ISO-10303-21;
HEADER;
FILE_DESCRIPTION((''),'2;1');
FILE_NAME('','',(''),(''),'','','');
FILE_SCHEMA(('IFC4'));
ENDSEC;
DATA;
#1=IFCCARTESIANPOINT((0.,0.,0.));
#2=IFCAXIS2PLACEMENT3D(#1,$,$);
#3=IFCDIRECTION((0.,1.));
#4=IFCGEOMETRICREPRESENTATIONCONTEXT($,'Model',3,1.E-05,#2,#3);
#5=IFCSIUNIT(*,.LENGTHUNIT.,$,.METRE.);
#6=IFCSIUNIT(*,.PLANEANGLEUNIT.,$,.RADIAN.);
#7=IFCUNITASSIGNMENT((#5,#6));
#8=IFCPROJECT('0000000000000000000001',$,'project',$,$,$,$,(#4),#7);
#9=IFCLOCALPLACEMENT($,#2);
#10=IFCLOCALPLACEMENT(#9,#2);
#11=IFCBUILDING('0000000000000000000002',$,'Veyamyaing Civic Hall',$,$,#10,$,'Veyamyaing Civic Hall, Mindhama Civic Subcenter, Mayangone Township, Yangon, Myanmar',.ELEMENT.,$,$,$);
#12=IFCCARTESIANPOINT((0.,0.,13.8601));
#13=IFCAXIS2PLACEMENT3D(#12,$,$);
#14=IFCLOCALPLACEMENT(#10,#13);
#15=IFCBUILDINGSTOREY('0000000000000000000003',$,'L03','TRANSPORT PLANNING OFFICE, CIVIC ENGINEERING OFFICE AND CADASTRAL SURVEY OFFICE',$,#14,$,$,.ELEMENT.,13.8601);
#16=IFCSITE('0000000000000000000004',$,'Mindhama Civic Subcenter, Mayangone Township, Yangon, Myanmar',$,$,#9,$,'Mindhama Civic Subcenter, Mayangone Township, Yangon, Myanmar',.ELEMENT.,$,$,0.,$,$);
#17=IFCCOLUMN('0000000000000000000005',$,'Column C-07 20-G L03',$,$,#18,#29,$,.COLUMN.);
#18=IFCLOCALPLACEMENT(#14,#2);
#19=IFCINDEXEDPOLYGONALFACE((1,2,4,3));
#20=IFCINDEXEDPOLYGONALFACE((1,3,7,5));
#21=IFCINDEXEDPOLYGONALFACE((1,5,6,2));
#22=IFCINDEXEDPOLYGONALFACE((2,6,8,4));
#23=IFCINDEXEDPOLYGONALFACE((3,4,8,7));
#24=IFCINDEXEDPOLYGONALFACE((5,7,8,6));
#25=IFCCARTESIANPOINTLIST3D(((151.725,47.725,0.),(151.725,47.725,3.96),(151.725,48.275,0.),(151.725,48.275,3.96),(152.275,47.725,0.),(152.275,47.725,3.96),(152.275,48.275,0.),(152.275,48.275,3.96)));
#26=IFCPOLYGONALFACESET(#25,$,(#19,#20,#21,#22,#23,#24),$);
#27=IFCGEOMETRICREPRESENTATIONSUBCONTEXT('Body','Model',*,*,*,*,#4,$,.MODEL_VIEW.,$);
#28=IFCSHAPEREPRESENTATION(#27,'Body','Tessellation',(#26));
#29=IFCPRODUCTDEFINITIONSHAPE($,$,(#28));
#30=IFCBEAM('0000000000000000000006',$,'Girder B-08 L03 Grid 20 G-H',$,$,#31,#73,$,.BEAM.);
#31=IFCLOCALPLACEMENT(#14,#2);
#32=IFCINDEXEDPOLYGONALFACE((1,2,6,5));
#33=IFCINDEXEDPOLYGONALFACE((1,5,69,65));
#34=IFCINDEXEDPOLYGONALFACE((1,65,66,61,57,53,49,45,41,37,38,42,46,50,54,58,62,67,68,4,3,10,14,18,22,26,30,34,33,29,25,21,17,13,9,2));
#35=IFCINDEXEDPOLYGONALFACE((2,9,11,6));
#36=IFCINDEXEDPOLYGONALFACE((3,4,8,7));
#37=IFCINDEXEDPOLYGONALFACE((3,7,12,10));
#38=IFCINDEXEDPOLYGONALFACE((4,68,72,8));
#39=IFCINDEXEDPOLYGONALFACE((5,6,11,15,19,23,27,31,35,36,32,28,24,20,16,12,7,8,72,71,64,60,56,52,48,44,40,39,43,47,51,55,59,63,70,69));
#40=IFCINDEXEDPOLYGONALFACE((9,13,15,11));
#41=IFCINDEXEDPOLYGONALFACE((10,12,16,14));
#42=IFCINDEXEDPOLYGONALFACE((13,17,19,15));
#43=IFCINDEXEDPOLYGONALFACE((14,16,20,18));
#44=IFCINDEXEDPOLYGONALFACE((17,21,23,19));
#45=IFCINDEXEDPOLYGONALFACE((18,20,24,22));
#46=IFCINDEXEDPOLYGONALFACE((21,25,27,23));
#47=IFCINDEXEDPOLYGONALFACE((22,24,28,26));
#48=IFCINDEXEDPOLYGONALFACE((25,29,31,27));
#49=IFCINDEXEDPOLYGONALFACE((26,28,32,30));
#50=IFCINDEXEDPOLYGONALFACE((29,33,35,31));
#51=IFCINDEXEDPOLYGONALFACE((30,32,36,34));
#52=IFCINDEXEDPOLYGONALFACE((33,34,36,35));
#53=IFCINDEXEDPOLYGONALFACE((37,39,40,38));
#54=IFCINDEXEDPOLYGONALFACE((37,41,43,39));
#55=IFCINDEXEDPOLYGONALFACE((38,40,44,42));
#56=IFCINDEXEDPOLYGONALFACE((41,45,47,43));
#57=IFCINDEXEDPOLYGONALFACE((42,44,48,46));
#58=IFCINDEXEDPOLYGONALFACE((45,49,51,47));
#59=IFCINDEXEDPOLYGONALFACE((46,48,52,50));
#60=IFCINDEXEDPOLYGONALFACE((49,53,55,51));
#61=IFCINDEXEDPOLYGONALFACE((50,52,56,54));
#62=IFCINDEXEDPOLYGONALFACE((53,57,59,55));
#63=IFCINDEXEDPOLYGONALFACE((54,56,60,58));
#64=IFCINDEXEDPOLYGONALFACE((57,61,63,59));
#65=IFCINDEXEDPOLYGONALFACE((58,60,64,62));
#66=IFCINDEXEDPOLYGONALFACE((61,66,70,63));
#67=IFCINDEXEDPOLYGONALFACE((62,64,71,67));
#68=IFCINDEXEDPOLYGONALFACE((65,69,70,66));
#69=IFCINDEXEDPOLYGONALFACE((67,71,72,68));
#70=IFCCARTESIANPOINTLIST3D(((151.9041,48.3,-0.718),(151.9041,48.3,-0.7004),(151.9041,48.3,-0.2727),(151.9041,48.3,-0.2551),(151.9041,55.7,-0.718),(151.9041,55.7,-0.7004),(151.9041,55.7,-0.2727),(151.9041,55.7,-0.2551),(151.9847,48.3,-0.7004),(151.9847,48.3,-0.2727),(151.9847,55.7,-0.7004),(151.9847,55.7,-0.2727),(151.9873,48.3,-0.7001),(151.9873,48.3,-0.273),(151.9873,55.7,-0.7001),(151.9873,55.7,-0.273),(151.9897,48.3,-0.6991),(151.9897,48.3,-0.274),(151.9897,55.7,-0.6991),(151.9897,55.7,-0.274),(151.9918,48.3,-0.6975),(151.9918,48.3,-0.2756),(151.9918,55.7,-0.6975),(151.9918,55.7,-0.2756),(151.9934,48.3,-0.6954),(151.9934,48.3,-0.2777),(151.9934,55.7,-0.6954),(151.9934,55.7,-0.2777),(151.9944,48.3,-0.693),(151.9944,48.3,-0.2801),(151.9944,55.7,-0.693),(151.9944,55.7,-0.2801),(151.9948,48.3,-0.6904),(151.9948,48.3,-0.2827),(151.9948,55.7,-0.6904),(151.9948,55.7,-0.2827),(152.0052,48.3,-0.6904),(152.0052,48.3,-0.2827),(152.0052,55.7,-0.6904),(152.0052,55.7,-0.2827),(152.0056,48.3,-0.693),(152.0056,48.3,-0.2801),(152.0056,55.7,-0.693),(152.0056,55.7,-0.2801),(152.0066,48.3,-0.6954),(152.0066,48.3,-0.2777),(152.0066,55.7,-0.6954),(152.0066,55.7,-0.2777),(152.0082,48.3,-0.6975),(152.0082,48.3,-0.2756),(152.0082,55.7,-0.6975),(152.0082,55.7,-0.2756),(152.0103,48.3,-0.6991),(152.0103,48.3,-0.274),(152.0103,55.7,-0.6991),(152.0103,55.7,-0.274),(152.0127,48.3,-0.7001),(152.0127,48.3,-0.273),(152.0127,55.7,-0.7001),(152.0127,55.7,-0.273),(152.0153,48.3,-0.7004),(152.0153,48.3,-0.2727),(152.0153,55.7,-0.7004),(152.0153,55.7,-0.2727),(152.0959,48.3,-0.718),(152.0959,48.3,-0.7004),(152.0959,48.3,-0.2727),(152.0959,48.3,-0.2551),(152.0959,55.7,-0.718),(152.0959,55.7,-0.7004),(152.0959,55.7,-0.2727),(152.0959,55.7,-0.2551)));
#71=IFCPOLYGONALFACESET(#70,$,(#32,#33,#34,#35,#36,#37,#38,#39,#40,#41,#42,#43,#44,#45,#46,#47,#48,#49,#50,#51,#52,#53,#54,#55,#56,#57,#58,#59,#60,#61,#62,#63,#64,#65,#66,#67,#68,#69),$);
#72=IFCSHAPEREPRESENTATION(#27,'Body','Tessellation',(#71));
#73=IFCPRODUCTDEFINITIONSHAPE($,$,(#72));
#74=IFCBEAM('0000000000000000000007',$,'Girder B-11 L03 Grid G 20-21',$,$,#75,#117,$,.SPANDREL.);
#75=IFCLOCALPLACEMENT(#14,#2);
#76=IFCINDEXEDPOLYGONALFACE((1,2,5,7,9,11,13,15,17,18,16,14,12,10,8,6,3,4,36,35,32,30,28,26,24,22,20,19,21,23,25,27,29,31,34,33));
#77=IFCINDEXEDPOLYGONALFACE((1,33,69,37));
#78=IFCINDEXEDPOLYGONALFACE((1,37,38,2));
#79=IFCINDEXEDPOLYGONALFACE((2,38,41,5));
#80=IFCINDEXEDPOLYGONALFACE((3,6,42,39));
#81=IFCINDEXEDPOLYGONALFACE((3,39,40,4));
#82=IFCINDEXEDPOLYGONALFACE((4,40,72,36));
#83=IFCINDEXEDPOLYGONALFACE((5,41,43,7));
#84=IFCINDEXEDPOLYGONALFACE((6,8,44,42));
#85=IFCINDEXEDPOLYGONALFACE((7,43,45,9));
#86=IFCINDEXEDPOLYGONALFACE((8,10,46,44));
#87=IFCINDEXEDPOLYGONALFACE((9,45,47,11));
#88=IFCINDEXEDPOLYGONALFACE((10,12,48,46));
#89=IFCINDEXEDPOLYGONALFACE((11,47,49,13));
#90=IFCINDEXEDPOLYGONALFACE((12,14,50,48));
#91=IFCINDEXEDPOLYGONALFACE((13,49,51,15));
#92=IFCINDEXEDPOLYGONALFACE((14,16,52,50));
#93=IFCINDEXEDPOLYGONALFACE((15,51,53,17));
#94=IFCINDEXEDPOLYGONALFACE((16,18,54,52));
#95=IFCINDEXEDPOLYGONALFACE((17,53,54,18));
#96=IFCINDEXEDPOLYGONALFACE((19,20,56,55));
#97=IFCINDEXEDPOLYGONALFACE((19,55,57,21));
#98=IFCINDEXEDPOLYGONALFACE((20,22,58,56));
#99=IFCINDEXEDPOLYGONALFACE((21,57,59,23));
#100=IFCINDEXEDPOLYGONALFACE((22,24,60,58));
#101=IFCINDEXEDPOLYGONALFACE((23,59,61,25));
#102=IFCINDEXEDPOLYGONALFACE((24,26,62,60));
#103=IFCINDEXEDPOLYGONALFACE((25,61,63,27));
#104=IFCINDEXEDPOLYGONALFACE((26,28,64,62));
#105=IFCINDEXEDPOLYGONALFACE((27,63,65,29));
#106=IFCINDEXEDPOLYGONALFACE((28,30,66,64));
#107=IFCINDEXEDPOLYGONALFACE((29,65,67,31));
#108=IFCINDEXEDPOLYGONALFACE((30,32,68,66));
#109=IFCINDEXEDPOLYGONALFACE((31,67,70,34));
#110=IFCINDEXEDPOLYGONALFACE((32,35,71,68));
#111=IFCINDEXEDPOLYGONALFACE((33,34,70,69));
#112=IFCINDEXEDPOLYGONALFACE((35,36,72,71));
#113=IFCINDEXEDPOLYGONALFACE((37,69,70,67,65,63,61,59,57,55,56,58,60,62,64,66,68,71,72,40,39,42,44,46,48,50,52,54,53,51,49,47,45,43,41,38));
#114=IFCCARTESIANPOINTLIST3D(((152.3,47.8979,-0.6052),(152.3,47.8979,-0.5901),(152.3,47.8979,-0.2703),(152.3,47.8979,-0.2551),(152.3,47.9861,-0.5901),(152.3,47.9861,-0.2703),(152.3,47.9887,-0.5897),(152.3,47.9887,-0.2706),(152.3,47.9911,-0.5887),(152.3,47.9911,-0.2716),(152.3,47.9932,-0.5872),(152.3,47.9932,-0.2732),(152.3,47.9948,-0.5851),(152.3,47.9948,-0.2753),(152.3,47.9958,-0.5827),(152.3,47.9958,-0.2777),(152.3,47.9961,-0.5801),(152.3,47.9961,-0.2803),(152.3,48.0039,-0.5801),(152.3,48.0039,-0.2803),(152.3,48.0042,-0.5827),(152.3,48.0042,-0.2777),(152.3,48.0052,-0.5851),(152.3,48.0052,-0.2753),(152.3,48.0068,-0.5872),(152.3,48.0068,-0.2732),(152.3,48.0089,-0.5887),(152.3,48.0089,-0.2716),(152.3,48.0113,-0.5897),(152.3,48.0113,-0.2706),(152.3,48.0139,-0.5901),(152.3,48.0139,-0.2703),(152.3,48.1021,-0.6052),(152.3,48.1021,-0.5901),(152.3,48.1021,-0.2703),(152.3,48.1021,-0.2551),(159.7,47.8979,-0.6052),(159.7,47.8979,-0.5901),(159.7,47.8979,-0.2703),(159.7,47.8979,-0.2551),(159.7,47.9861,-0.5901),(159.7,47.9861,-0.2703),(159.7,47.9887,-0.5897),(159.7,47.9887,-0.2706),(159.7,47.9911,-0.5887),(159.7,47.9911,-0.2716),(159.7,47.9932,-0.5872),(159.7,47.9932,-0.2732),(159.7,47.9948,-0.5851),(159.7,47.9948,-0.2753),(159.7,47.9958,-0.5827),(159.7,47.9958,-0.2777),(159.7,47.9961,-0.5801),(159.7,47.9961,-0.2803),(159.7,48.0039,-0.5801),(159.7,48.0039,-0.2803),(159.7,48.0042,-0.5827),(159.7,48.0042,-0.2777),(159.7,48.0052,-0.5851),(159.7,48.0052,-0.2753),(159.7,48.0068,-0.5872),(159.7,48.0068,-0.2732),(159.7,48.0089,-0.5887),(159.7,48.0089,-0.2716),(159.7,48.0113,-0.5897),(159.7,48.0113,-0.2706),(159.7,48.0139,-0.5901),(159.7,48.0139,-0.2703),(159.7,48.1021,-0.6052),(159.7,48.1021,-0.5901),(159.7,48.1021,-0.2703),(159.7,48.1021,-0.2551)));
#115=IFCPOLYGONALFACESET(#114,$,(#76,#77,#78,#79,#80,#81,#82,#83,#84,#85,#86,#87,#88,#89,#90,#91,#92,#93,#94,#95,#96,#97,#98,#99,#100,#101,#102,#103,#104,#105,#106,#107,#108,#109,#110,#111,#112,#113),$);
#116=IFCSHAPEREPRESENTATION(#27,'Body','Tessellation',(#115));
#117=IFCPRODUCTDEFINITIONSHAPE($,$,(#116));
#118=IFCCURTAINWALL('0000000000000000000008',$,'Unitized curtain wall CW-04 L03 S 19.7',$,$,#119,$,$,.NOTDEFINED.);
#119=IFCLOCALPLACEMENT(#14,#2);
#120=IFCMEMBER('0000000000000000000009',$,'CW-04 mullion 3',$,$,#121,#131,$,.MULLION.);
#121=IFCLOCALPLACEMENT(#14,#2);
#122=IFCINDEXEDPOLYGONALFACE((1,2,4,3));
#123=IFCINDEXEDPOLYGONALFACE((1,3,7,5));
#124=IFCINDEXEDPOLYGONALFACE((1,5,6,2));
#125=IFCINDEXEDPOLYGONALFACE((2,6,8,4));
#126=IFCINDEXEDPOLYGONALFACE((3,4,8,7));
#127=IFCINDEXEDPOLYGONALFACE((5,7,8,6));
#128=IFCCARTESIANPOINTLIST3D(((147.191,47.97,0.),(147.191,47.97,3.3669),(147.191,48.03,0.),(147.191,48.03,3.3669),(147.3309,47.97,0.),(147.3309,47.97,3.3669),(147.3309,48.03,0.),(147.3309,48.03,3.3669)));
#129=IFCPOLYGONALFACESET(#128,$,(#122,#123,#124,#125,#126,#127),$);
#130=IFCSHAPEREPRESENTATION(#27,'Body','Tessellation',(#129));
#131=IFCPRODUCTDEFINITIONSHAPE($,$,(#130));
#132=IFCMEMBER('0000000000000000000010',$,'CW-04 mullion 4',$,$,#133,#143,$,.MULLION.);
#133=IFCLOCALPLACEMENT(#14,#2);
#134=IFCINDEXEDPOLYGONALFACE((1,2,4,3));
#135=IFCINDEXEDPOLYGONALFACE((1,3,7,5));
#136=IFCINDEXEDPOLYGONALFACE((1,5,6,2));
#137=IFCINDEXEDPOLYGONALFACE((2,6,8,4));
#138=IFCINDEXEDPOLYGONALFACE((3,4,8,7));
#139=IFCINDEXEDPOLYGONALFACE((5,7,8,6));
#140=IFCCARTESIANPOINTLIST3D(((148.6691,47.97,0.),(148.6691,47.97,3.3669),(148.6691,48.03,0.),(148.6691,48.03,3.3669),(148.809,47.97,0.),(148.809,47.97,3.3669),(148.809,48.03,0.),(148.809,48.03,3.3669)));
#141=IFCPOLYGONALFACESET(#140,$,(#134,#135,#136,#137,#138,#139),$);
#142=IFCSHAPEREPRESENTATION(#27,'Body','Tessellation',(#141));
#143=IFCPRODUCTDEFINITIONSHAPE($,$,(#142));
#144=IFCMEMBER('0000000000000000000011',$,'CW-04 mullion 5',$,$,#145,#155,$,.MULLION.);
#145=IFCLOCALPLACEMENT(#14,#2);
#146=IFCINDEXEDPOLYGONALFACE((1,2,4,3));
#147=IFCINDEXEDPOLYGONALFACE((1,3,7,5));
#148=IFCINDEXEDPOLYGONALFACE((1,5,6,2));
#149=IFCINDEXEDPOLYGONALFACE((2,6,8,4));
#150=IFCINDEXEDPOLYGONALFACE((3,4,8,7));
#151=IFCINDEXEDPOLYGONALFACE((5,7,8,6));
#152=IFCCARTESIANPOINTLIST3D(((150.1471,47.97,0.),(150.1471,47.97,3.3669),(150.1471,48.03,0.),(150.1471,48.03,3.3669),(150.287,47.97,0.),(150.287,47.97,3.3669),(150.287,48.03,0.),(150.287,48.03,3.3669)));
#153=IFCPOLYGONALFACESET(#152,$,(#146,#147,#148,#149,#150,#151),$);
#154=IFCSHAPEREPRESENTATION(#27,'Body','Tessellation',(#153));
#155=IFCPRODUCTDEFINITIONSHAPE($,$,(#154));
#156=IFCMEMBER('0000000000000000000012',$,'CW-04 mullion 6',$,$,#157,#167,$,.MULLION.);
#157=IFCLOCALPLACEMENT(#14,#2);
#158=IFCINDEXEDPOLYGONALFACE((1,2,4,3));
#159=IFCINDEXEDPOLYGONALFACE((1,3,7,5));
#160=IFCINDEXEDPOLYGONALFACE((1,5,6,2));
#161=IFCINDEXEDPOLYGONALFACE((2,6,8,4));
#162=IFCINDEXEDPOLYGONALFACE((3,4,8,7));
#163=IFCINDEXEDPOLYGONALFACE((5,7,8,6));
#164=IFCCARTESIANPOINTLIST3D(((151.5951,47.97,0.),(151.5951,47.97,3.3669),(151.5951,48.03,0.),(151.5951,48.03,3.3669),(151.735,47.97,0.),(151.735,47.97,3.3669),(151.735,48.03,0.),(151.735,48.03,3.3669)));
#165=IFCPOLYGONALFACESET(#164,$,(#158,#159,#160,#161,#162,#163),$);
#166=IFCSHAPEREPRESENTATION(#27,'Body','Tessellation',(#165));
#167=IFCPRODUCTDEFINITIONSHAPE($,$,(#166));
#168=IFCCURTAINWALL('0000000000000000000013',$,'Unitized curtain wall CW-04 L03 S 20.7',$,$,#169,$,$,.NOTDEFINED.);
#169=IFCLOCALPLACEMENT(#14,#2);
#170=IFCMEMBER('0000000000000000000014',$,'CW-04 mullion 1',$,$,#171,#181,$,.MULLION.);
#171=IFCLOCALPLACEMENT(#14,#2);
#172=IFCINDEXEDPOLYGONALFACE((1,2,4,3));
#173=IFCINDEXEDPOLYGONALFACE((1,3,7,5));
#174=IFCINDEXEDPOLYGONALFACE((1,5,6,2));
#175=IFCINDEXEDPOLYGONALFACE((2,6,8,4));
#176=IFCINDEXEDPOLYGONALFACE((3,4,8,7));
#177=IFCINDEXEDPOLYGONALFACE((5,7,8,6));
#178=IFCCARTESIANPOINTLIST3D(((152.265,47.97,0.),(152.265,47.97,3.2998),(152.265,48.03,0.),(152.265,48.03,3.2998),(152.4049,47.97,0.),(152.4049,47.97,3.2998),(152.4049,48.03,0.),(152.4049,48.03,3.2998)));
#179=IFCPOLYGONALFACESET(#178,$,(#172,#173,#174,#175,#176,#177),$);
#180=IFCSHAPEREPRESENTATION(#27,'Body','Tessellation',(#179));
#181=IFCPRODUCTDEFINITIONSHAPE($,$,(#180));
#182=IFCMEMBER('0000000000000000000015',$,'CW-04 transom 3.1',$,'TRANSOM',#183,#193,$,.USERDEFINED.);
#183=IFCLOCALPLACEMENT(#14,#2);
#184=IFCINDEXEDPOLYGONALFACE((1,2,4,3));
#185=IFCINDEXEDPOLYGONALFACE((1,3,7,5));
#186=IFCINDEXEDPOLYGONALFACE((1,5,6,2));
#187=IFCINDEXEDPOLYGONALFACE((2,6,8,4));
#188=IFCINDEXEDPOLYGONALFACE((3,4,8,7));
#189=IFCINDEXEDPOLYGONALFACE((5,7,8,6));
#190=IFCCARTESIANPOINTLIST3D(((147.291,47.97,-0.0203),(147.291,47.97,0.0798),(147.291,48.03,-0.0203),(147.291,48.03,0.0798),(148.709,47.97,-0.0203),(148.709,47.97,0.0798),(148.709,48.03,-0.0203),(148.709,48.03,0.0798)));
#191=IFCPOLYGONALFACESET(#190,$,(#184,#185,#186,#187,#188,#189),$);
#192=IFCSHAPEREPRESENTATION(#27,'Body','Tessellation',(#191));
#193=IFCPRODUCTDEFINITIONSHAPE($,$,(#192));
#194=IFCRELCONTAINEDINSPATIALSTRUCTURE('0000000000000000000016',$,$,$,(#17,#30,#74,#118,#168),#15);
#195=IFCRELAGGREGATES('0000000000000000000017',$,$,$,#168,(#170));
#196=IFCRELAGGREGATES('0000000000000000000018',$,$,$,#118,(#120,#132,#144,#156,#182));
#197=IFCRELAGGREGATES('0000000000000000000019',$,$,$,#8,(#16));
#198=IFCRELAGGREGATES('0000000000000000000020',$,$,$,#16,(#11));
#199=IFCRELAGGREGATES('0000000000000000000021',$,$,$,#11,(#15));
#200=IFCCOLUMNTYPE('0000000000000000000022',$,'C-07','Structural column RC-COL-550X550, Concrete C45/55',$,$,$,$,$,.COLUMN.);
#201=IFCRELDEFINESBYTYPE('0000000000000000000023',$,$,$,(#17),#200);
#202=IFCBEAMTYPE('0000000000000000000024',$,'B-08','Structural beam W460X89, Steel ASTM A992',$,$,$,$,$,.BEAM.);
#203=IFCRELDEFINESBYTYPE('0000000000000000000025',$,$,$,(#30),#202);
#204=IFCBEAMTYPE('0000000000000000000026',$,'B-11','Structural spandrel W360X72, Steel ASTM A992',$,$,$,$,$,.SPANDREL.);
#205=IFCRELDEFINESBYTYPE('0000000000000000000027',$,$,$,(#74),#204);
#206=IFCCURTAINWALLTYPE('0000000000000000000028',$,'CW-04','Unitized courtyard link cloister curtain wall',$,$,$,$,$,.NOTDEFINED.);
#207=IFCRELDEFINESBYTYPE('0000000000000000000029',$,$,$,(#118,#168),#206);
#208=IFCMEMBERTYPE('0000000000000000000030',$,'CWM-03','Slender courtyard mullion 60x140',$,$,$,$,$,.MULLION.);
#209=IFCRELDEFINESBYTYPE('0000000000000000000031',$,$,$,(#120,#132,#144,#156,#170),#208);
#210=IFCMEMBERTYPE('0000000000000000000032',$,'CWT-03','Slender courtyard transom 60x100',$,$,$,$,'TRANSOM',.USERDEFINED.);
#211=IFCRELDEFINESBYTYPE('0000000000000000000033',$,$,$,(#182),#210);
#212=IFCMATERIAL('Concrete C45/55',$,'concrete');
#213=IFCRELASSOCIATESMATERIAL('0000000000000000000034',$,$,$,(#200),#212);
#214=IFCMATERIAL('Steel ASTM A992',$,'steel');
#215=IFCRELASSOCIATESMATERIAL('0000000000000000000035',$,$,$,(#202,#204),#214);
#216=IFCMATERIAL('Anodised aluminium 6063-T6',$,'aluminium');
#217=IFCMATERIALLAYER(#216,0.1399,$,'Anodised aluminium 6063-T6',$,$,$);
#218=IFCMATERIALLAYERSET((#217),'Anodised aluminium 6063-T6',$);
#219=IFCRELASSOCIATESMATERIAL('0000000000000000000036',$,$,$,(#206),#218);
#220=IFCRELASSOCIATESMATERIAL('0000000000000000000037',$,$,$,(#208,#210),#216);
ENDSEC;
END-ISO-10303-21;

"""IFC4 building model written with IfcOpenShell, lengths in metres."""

from ifc_helpers import new_model, si_unit, direction, frame, origin, origin_2d, place, context, subcontext, project, spatial, rectangle, i_section, extrude, material, layer, layer_set, material_profile, profile_set, type_object, element, aggregate, save


model = new_model("IFC4")

# Units and contexts
model_context = context("Model", 3, precision=1e-05, world=origin(), true_north=direction((0.0, 1.0)))
body_context = subcontext(model_context, "Body", "Model", "MODEL_VIEW")
ifc_project = project(units=[si_unit("LENGTHUNIT", "METRE"), si_unit("PLANEANGLEUNIT", "RADIAN")], contexts=[model_context])

# Site, building, storey
site_placement = place(None, origin())
site = spatial("IfcSite", under=ifc_project, at=site_placement, Name="Mindhama Civic Subcenter, Mayangone Township, Yangon, Myanmar", LongName="Mindhama Civic Subcenter, Mayangone Township, Yangon, Myanmar", CompositionType="ELEMENT", RefElevation=0.0)
building_placement = place(site_placement, origin())
building = spatial("IfcBuilding", under=site, at=building_placement, Name="Veyamyaing Civic Hall", LongName="Veyamyaing Civic Hall, Mindhama Civic Subcenter, Mayangone Township, Yangon, Myanmar", CompositionType="ELEMENT")
storey_placement = place(building_placement, frame((0.0, 0.0, 13.8601)))
storey = spatial("IfcBuildingStorey", under=building, at=storey_placement, Name="L03", Description="TRANSPORT PLANNING OFFICE, CIVIC ENGINEERING OFFICE AND CADASTRAL SURVEY OFFICE", CompositionType="ELEMENT", Elevation=13.8601)

# Column
ifc_material_1 = material(Name="Concrete C45/55", Category="concrete")
ifc_material_profile_1 = material_profile(ifc_material_1, rectangle(XDim=0.55, YDim=0.55, at=origin_2d()), Name="RC-COL-550X550")
ifc_profile_set_1 = profile_set([ifc_material_profile_1], Name="Concrete C45/55")
column_type = type_object("IfcColumnType", Name="C-07", Description="Structural column RC-COL-550X550, Concrete C45/55", PredefinedType="COLUMN", material=ifc_profile_set_1)
column_placement = place(storey_placement, frame((152.0, 48.0, 0.0), z_axis=(0.0, 0.0, 1.0), x_axis=(1.0, 0.0, 0.0)))
element("IfcColumn", 1, at=column_placement, inside=storey, type_object=column_type, Name="Column C-07 20-G L03", PredefinedType="COLUMN", context=body_context, shape_type="SweptSolid", body=[
    extrude(rectangle(XDim=0.55, YDim=0.55, at=origin_2d()), origin(), (0.0, 0.0, 1.0), 3.96),
])

# Beams
ifc_material_2 = material(Name="Steel ASTM A992", Category="steel")
ifc_material_profile_2 = material_profile(ifc_material_2, i_section(OverallWidth=0.1919, OverallDepth=0.4629, WebThickness=0.0105, FlangeThickness=0.0176, FilletRadius=0.01, at=origin_2d()), Name="W460X89")
ifc_profile_set_2 = profile_set([ifc_material_profile_2], Name="Steel ASTM A992")
beam_type_1 = type_object("IfcBeamType", Name="B-08", Description="Structural beam W460X89, Steel ASTM A992", PredefinedType="BEAM", material=ifc_profile_set_2)
beam_1_placement = place(storey_placement, frame((152.0, 48.3, -0.4866), z_axis=(0.0, 1.0, 0.0), x_axis=(-1.0, 0.0, 0.0)))
element("IfcBeam", 2, at=beam_1_placement, inside=storey, type_object=beam_type_1, Name="Girder B-08 L03 Grid 20 G-H", PredefinedType="BEAM", context=body_context, shape_type="SweptSolid", body=[
    extrude(i_section(OverallWidth=0.1919, OverallDepth=0.4629, WebThickness=0.0105, FlangeThickness=0.0176, FilletRadius=0.01, at=origin_2d()), origin(), (0.0, 0.0, 1.0), 7.3999),
])
ifc_material_profile_3 = material_profile(ifc_material_2, i_section(OverallWidth=0.2041, OverallDepth=0.3501, WebThickness=0.0078, FlangeThickness=0.0151, FilletRadius=0.01, at=origin_2d()), Name="W360X72")
ifc_profile_set_3 = profile_set([ifc_material_profile_3], Name="Steel ASTM A992")
beam_type_2 = type_object("IfcBeamType", Name="B-11", Description="Structural spandrel W360X72, Steel ASTM A992", PredefinedType="SPANDREL", material=ifc_profile_set_3)
beam_2_placement = place(storey_placement, frame((152.3, 48.0, -0.4302), z_axis=(1.0, 0.0, 0.0), x_axis=(0.0, 1.0, 0.0)))
element("IfcBeam", 3, at=beam_2_placement, inside=storey, type_object=beam_type_2, Name="Girder B-11 L03 Grid G 20-21", PredefinedType="SPANDREL", context=body_context, shape_type="SweptSolid", body=[
    extrude(i_section(OverallWidth=0.2041, OverallDepth=0.3501, WebThickness=0.0078, FlangeThickness=0.0151, FilletRadius=0.01, at=origin_2d()), origin(), (0.0, 0.0, 1.0), 7.3999),
])

# Curtain wall, members
ifc_material_3 = material(Name="Anodised aluminium 6063-T6", Category="aluminium")
ifc_layer_1 = layer(ifc_material_3, 0.1399, Name="Anodised aluminium 6063-T6")
ifc_layer_set_1 = layer_set([ifc_layer_1], Name="Anodised aluminium 6063-T6")
curtain_wall_type = type_object("IfcCurtainWallType", Name="CW-04", Description="Unitized courtyard link cloister curtain wall", PredefinedType="NOTDEFINED", material=ifc_layer_set_1)
curtain_wall_1_placement = place(storey_placement, origin())
curtain_wall_1 = element("IfcCurtainWall", 4, at=curtain_wall_1_placement, inside=storey, type_object=curtain_wall_type, Name="Unitized curtain wall CW-04 L03 S 19.7", PredefinedType="NOTDEFINED")
ifc_material_profile_4 = material_profile(ifc_material_3, rectangle(XDim=0.0601, YDim=0.1399, at=origin_2d()), Name="ALU-MUL-60X140")
ifc_profile_set_4 = profile_set([ifc_material_profile_4], Name="Anodised aluminium 6063-T6")
member_type_1 = type_object("IfcMemberType", Name="CWM-03", Description="Slender courtyard mullion 60x140", PredefinedType="MULLION", material=ifc_profile_set_4)
member_1_placement = place(storey_placement, frame((147.261, 48.0, 0.0), z_axis=(0.0, 0.0, 1.0), x_axis=(0.0, 1.0, 0.0)))
member_1 = element("IfcMember", 5, at=member_1_placement, type_object=member_type_1, Name="CW-04 mullion 3", PredefinedType="MULLION", context=body_context, shape_type="SweptSolid", body=[
    extrude(rectangle(XDim=0.0601, YDim=0.1399, at=origin_2d()), origin(), (0.0, 0.0, 1.0), 3.3669),
])
member_2_placement = place(storey_placement, frame((148.739, 48.0, 0.0), z_axis=(0.0, 0.0, 1.0), x_axis=(0.0, 1.0, 0.0)))
member_2 = element("IfcMember", 6, at=member_2_placement, type_object=member_type_1, Name="CW-04 mullion 4", PredefinedType="MULLION", context=body_context, shape_type="SweptSolid", body=[
    extrude(rectangle(XDim=0.0601, YDim=0.1399, at=origin_2d()), origin(), (0.0, 0.0, 1.0), 3.3669),
])
member_3_placement = place(storey_placement, frame((150.217, 48.0, 0.0), z_axis=(0.0, 0.0, 1.0), x_axis=(0.0, 1.0, 0.0)))
member_3 = element("IfcMember", 7, at=member_3_placement, type_object=member_type_1, Name="CW-04 mullion 5", PredefinedType="MULLION", context=body_context, shape_type="SweptSolid", body=[
    extrude(rectangle(XDim=0.0601, YDim=0.1399, at=origin_2d()), origin(), (0.0, 0.0, 1.0), 3.3669),
])
member_4_placement = place(storey_placement, frame((151.665, 48.0, 0.0), z_axis=(0.0, 0.0, 1.0), x_axis=(0.0, 1.0, 0.0)))
member_4 = element("IfcMember", 8, at=member_4_placement, type_object=member_type_1, Name="CW-04 mullion 6", PredefinedType="MULLION", context=body_context, shape_type="SweptSolid", body=[
    extrude(rectangle(XDim=0.0601, YDim=0.1399, at=origin_2d()), origin(), (0.0, 0.0, 1.0), 3.3669),
])

# Curtain wall, member
curtain_wall_2_placement = place(storey_placement, origin())
curtain_wall_2 = element("IfcCurtainWall", 9, at=curtain_wall_2_placement, inside=storey, type_object=curtain_wall_type, Name="Unitized curtain wall CW-04 L03 S 20.7", PredefinedType="NOTDEFINED")
member_5_placement = place(storey_placement, frame((152.335, 48.0, 0.0), z_axis=(0.0, 0.0, 1.0), x_axis=(0.0, 1.0, 0.0)))
member_5 = element("IfcMember", 10, at=member_5_placement, type_object=member_type_1, Name="CW-04 mullion 1", PredefinedType="MULLION", context=body_context, shape_type="SweptSolid", body=[
    extrude(rectangle(XDim=0.0601, YDim=0.1399, at=origin_2d()), origin(), (0.0, 0.0, 1.0), 3.2998),
])

# Member
ifc_material_profile_5 = material_profile(ifc_material_3, rectangle(XDim=0.0601, YDim=0.1001, at=origin_2d()), Name="ALU-TRN-60X100")
ifc_profile_set_5 = profile_set([ifc_material_profile_5], Name="Anodised aluminium 6063-T6")
member_type_2 = type_object("IfcMemberType", Name="CWT-03", Description="Slender courtyard transom 60x100", ElementType="TRANSOM", PredefinedType="USERDEFINED", material=ifc_profile_set_5)
member_6_placement = place(storey_placement, frame((147.291, 48.0, 0.0298), z_axis=(1.0, 0.0, 0.0), x_axis=(0.0, 1.0, 0.0)))
member_6 = element("IfcMember", 11, at=member_6_placement, type_object=member_type_2, Name="CW-04 transom 3.1", ObjectType="TRANSOM", PredefinedType="USERDEFINED", context=body_context, shape_type="SweptSolid", body=[
    extrude(rectangle(XDim=0.0601, YDim=0.1001, at=origin_2d()), origin(), (0.0, 0.0, 1.0), 1.418),
])
aggregate(curtain_wall_2, [member_5])

aggregate(curtain_wall_1, [member_1, member_2, member_3, member_4, member_6])

save(model, "model.ifc")
